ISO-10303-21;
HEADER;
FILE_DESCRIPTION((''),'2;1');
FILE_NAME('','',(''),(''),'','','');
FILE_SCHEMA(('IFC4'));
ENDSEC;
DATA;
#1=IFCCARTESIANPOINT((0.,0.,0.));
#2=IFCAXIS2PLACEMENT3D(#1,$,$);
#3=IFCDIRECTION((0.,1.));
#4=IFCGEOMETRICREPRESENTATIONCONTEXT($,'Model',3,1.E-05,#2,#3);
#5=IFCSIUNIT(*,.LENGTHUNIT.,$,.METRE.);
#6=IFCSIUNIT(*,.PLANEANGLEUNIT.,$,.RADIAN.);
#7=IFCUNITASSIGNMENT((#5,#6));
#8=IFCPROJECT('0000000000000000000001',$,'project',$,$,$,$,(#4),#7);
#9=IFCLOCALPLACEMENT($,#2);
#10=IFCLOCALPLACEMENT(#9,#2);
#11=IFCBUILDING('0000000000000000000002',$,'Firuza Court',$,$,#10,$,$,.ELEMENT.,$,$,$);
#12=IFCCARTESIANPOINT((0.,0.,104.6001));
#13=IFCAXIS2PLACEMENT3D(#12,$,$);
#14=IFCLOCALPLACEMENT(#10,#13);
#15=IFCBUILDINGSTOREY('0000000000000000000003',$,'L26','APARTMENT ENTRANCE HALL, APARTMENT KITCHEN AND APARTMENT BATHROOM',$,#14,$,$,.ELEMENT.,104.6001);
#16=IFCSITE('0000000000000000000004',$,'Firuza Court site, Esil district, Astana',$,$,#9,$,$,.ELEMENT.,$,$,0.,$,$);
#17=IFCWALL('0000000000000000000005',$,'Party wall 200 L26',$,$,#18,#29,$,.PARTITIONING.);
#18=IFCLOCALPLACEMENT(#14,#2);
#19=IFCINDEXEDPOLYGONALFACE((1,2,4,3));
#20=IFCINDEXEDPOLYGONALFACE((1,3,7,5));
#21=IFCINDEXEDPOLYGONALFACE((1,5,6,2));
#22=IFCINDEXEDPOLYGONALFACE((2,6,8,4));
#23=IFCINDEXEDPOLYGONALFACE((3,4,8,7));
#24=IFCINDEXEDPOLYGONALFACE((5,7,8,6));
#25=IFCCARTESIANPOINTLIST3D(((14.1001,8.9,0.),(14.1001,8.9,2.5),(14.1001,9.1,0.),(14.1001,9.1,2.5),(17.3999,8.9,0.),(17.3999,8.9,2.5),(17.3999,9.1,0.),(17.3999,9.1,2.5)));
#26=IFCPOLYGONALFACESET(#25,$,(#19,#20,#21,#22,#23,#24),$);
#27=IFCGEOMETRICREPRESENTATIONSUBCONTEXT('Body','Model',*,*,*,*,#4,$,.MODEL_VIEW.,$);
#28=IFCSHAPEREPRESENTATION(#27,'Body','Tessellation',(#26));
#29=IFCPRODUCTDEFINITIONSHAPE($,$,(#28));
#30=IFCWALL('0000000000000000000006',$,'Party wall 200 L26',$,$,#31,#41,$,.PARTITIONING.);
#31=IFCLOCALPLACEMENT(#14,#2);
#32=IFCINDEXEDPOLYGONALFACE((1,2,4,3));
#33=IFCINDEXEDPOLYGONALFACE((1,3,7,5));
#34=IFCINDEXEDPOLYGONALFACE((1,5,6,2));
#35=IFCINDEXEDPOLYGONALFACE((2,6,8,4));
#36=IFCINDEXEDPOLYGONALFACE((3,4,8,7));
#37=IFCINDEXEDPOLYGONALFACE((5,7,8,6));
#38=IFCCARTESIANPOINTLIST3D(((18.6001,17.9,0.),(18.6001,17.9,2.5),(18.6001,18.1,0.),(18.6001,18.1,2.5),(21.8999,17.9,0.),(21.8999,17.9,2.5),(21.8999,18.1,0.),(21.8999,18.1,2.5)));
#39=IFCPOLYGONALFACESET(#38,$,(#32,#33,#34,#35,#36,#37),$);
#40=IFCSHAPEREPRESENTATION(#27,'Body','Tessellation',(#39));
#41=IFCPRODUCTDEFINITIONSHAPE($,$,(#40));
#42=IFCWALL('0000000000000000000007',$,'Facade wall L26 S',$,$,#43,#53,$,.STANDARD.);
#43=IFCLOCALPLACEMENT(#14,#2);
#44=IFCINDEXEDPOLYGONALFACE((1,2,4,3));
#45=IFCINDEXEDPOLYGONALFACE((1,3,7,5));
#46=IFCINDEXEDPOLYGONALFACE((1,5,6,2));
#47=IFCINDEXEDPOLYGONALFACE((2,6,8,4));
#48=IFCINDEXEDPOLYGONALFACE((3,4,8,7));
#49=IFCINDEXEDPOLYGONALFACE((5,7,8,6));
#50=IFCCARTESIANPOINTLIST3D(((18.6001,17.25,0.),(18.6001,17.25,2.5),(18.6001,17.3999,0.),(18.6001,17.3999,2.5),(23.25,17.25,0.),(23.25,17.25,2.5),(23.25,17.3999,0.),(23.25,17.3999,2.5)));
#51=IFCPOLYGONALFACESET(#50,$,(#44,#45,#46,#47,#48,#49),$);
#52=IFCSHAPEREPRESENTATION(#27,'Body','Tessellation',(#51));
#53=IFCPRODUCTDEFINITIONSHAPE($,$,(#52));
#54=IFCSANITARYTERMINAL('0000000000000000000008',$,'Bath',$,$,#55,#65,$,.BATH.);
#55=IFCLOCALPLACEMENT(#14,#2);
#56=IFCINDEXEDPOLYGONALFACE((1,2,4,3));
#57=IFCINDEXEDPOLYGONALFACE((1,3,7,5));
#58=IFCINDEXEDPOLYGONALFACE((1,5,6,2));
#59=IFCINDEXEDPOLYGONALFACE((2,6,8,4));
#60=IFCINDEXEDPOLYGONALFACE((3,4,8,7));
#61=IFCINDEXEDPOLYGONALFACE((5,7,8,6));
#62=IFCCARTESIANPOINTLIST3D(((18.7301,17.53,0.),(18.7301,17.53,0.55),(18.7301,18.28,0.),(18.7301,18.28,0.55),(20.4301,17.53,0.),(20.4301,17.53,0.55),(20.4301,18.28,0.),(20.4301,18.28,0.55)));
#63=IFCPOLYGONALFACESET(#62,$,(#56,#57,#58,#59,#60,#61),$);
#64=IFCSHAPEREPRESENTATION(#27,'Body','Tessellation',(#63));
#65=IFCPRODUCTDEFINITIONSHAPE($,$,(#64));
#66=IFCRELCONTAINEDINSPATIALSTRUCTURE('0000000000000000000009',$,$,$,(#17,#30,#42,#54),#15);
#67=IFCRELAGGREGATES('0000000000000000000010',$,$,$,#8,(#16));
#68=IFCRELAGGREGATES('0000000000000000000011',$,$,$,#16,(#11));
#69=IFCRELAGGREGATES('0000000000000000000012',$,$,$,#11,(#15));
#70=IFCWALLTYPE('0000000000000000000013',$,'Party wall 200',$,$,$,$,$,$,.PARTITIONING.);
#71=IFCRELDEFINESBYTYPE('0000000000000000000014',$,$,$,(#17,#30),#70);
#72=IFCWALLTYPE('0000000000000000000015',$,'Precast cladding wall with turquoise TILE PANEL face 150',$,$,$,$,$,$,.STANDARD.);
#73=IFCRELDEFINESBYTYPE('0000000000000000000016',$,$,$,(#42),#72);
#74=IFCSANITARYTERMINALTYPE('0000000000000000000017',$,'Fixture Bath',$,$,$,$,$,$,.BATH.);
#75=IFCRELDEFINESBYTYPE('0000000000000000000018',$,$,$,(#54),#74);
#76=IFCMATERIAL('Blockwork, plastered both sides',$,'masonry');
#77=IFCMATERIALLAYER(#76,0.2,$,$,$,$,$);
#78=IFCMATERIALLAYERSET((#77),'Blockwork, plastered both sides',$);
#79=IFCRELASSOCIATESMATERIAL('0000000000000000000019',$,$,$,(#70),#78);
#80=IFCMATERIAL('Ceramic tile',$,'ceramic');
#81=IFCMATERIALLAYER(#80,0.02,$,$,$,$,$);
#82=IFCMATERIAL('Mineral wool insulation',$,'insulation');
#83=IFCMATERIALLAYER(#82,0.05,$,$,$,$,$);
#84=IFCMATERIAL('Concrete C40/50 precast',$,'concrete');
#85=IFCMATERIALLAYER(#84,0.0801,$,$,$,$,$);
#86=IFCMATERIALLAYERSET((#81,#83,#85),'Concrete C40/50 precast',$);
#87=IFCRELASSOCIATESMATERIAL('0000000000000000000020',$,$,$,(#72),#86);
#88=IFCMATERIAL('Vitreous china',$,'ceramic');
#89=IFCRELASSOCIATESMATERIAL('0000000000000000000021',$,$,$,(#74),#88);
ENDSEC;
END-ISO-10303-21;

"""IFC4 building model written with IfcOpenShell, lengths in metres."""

from ifc_helpers import new_model, si_unit, direction, frame, frame_2d, origin, origin_2d, place, context, subcontext, project, spatial, rectangle, extrude, material, layer, layer_set, type_object, element, save


model = new_model("IFC4")

# Units and contexts
model_context = context("Model", 3, precision=1e-05, world=origin(), true_north=direction((0.0, 1.0)))
body_context = subcontext(model_context, "Body", "Model", "MODEL_VIEW")
ifc_project = project(units=[si_unit("LENGTHUNIT", "METRE"), si_unit("PLANEANGLEUNIT", "RADIAN")], contexts=[model_context])

# Site, building, storey
site_placement = place(None, origin())
site = spatial("IfcSite", under=ifc_project, at=site_placement, Name="Firuza Court site, Esil district, Astana", CompositionType="ELEMENT", RefElevation=0.0)
building_placement = place(site_placement, origin())
building = spatial("IfcBuilding", under=site, at=building_placement, Name="Firuza Court", CompositionType="ELEMENT")
storey_placement = place(building_placement, frame((0.0, 0.0, 104.6001)))
storey = spatial("IfcBuildingStorey", under=building, at=storey_placement, Name="L26", Description="APARTMENT ENTRANCE HALL, APARTMENT KITCHEN AND APARTMENT BATHROOM", CompositionType="ELEMENT", Elevation=104.6001)

# Walls
ifc_material_1 = material(Name="Blockwork, plastered both sides", Category="masonry")
ifc_layer_1 = layer(ifc_material_1, 0.2)
ifc_layer_set_1 = layer_set([ifc_layer_1], Name="Blockwork, plastered both sides")
wall_type_1 = type_object("IfcWallType", Name="Party wall 200", PredefinedType="PARTITIONING", material=ifc_layer_set_1)
for number, where, z_axis, x_axis, name in (
    (1, (14.1001, 9.0, 0.0), (0.0, 0.0, 1.0), (1.0, 0.0, 0.0), "Party wall 200 L26"),
    (2, (18.6001, 18.0, 0.0), (0.0, 0.0, 1.0), (1.0, 0.0, 0.0), "Party wall 200 L26"),
):
    element("IfcWall", number, at=place(storey_placement, frame(where, z_axis=z_axis, x_axis=x_axis)), inside=storey, type_object=wall_type_1, Name=name, PredefinedType="PARTITIONING", context=body_context, shape_type="SweptSolid", body=[
        extrude(rectangle(XDim=3.2998, YDim=0.2, at=frame_2d((1.6499, 0.0))), origin(), (0.0, 0.0, 1.0), 2.5),
    ])
ifc_material_2 = material(Name="Ceramic tile", Category="ceramic")
ifc_layer_2 = layer(ifc_material_2, 0.02)
ifc_material_3 = material(Name="Mineral wool insulation", Category="insulation")
ifc_layer_3 = layer(ifc_material_3, 0.05)
ifc_material_4 = material(Name="Concrete C40/50 precast", Category="concrete")
ifc_layer_4 = layer(ifc_material_4, 0.0801)
ifc_layer_set_2 = layer_set([ifc_layer_2, ifc_layer_3, ifc_layer_4], Name="Concrete C40/50 precast")
wall_type_2 = type_object("IfcWallType", Name="Precast cladding wall with turquoise TILE PANEL face 150", PredefinedType="STANDARD", material=ifc_layer_set_2)
wall_1_placement = place(storey_placement, frame((18.6001, 17.325, 0.0), z_axis=(0.0, 0.0, 1.0), x_axis=(1.0, 0.0, 0.0)))
element("IfcWall", 3, at=wall_1_placement, inside=storey, type_object=wall_type_2, Name="Facade wall L26 S", PredefinedType="STANDARD", context=body_context, shape_type="SweptSolid", body=[
    extrude(rectangle(XDim=4.6499, YDim=0.1499, at=frame_2d((2.325, 0.0))), origin(), (0.0, 0.0, 1.0), 2.5),
])

# Sanitary terminal
ifc_material_5 = material(Name="Vitreous china", Category="ceramic")
sanitary_terminal_type = type_object("IfcSanitaryTerminalType", Name="Fixture Bath", PredefinedType="BATH", material=ifc_material_5)
sanitary_terminal_placement = place(storey_placement, frame((19.5801, 17.905, 0.0), z_axis=(0.0, 0.0, 1.0), x_axis=(1.0, 0.0, 0.0)))
element("IfcSanitaryTerminal", 4, at=sanitary_terminal_placement, inside=storey, type_object=sanitary_terminal_type, Name="Bath", PredefinedType="BATH", context=body_context, shape_type="SweptSolid", body=[
    extrude(rectangle(XDim=1.7, YDim=0.75, at=origin_2d()), origin(), (0.0, 0.0, 1.0), 0.55),
])

save(model, "model.ifc")
